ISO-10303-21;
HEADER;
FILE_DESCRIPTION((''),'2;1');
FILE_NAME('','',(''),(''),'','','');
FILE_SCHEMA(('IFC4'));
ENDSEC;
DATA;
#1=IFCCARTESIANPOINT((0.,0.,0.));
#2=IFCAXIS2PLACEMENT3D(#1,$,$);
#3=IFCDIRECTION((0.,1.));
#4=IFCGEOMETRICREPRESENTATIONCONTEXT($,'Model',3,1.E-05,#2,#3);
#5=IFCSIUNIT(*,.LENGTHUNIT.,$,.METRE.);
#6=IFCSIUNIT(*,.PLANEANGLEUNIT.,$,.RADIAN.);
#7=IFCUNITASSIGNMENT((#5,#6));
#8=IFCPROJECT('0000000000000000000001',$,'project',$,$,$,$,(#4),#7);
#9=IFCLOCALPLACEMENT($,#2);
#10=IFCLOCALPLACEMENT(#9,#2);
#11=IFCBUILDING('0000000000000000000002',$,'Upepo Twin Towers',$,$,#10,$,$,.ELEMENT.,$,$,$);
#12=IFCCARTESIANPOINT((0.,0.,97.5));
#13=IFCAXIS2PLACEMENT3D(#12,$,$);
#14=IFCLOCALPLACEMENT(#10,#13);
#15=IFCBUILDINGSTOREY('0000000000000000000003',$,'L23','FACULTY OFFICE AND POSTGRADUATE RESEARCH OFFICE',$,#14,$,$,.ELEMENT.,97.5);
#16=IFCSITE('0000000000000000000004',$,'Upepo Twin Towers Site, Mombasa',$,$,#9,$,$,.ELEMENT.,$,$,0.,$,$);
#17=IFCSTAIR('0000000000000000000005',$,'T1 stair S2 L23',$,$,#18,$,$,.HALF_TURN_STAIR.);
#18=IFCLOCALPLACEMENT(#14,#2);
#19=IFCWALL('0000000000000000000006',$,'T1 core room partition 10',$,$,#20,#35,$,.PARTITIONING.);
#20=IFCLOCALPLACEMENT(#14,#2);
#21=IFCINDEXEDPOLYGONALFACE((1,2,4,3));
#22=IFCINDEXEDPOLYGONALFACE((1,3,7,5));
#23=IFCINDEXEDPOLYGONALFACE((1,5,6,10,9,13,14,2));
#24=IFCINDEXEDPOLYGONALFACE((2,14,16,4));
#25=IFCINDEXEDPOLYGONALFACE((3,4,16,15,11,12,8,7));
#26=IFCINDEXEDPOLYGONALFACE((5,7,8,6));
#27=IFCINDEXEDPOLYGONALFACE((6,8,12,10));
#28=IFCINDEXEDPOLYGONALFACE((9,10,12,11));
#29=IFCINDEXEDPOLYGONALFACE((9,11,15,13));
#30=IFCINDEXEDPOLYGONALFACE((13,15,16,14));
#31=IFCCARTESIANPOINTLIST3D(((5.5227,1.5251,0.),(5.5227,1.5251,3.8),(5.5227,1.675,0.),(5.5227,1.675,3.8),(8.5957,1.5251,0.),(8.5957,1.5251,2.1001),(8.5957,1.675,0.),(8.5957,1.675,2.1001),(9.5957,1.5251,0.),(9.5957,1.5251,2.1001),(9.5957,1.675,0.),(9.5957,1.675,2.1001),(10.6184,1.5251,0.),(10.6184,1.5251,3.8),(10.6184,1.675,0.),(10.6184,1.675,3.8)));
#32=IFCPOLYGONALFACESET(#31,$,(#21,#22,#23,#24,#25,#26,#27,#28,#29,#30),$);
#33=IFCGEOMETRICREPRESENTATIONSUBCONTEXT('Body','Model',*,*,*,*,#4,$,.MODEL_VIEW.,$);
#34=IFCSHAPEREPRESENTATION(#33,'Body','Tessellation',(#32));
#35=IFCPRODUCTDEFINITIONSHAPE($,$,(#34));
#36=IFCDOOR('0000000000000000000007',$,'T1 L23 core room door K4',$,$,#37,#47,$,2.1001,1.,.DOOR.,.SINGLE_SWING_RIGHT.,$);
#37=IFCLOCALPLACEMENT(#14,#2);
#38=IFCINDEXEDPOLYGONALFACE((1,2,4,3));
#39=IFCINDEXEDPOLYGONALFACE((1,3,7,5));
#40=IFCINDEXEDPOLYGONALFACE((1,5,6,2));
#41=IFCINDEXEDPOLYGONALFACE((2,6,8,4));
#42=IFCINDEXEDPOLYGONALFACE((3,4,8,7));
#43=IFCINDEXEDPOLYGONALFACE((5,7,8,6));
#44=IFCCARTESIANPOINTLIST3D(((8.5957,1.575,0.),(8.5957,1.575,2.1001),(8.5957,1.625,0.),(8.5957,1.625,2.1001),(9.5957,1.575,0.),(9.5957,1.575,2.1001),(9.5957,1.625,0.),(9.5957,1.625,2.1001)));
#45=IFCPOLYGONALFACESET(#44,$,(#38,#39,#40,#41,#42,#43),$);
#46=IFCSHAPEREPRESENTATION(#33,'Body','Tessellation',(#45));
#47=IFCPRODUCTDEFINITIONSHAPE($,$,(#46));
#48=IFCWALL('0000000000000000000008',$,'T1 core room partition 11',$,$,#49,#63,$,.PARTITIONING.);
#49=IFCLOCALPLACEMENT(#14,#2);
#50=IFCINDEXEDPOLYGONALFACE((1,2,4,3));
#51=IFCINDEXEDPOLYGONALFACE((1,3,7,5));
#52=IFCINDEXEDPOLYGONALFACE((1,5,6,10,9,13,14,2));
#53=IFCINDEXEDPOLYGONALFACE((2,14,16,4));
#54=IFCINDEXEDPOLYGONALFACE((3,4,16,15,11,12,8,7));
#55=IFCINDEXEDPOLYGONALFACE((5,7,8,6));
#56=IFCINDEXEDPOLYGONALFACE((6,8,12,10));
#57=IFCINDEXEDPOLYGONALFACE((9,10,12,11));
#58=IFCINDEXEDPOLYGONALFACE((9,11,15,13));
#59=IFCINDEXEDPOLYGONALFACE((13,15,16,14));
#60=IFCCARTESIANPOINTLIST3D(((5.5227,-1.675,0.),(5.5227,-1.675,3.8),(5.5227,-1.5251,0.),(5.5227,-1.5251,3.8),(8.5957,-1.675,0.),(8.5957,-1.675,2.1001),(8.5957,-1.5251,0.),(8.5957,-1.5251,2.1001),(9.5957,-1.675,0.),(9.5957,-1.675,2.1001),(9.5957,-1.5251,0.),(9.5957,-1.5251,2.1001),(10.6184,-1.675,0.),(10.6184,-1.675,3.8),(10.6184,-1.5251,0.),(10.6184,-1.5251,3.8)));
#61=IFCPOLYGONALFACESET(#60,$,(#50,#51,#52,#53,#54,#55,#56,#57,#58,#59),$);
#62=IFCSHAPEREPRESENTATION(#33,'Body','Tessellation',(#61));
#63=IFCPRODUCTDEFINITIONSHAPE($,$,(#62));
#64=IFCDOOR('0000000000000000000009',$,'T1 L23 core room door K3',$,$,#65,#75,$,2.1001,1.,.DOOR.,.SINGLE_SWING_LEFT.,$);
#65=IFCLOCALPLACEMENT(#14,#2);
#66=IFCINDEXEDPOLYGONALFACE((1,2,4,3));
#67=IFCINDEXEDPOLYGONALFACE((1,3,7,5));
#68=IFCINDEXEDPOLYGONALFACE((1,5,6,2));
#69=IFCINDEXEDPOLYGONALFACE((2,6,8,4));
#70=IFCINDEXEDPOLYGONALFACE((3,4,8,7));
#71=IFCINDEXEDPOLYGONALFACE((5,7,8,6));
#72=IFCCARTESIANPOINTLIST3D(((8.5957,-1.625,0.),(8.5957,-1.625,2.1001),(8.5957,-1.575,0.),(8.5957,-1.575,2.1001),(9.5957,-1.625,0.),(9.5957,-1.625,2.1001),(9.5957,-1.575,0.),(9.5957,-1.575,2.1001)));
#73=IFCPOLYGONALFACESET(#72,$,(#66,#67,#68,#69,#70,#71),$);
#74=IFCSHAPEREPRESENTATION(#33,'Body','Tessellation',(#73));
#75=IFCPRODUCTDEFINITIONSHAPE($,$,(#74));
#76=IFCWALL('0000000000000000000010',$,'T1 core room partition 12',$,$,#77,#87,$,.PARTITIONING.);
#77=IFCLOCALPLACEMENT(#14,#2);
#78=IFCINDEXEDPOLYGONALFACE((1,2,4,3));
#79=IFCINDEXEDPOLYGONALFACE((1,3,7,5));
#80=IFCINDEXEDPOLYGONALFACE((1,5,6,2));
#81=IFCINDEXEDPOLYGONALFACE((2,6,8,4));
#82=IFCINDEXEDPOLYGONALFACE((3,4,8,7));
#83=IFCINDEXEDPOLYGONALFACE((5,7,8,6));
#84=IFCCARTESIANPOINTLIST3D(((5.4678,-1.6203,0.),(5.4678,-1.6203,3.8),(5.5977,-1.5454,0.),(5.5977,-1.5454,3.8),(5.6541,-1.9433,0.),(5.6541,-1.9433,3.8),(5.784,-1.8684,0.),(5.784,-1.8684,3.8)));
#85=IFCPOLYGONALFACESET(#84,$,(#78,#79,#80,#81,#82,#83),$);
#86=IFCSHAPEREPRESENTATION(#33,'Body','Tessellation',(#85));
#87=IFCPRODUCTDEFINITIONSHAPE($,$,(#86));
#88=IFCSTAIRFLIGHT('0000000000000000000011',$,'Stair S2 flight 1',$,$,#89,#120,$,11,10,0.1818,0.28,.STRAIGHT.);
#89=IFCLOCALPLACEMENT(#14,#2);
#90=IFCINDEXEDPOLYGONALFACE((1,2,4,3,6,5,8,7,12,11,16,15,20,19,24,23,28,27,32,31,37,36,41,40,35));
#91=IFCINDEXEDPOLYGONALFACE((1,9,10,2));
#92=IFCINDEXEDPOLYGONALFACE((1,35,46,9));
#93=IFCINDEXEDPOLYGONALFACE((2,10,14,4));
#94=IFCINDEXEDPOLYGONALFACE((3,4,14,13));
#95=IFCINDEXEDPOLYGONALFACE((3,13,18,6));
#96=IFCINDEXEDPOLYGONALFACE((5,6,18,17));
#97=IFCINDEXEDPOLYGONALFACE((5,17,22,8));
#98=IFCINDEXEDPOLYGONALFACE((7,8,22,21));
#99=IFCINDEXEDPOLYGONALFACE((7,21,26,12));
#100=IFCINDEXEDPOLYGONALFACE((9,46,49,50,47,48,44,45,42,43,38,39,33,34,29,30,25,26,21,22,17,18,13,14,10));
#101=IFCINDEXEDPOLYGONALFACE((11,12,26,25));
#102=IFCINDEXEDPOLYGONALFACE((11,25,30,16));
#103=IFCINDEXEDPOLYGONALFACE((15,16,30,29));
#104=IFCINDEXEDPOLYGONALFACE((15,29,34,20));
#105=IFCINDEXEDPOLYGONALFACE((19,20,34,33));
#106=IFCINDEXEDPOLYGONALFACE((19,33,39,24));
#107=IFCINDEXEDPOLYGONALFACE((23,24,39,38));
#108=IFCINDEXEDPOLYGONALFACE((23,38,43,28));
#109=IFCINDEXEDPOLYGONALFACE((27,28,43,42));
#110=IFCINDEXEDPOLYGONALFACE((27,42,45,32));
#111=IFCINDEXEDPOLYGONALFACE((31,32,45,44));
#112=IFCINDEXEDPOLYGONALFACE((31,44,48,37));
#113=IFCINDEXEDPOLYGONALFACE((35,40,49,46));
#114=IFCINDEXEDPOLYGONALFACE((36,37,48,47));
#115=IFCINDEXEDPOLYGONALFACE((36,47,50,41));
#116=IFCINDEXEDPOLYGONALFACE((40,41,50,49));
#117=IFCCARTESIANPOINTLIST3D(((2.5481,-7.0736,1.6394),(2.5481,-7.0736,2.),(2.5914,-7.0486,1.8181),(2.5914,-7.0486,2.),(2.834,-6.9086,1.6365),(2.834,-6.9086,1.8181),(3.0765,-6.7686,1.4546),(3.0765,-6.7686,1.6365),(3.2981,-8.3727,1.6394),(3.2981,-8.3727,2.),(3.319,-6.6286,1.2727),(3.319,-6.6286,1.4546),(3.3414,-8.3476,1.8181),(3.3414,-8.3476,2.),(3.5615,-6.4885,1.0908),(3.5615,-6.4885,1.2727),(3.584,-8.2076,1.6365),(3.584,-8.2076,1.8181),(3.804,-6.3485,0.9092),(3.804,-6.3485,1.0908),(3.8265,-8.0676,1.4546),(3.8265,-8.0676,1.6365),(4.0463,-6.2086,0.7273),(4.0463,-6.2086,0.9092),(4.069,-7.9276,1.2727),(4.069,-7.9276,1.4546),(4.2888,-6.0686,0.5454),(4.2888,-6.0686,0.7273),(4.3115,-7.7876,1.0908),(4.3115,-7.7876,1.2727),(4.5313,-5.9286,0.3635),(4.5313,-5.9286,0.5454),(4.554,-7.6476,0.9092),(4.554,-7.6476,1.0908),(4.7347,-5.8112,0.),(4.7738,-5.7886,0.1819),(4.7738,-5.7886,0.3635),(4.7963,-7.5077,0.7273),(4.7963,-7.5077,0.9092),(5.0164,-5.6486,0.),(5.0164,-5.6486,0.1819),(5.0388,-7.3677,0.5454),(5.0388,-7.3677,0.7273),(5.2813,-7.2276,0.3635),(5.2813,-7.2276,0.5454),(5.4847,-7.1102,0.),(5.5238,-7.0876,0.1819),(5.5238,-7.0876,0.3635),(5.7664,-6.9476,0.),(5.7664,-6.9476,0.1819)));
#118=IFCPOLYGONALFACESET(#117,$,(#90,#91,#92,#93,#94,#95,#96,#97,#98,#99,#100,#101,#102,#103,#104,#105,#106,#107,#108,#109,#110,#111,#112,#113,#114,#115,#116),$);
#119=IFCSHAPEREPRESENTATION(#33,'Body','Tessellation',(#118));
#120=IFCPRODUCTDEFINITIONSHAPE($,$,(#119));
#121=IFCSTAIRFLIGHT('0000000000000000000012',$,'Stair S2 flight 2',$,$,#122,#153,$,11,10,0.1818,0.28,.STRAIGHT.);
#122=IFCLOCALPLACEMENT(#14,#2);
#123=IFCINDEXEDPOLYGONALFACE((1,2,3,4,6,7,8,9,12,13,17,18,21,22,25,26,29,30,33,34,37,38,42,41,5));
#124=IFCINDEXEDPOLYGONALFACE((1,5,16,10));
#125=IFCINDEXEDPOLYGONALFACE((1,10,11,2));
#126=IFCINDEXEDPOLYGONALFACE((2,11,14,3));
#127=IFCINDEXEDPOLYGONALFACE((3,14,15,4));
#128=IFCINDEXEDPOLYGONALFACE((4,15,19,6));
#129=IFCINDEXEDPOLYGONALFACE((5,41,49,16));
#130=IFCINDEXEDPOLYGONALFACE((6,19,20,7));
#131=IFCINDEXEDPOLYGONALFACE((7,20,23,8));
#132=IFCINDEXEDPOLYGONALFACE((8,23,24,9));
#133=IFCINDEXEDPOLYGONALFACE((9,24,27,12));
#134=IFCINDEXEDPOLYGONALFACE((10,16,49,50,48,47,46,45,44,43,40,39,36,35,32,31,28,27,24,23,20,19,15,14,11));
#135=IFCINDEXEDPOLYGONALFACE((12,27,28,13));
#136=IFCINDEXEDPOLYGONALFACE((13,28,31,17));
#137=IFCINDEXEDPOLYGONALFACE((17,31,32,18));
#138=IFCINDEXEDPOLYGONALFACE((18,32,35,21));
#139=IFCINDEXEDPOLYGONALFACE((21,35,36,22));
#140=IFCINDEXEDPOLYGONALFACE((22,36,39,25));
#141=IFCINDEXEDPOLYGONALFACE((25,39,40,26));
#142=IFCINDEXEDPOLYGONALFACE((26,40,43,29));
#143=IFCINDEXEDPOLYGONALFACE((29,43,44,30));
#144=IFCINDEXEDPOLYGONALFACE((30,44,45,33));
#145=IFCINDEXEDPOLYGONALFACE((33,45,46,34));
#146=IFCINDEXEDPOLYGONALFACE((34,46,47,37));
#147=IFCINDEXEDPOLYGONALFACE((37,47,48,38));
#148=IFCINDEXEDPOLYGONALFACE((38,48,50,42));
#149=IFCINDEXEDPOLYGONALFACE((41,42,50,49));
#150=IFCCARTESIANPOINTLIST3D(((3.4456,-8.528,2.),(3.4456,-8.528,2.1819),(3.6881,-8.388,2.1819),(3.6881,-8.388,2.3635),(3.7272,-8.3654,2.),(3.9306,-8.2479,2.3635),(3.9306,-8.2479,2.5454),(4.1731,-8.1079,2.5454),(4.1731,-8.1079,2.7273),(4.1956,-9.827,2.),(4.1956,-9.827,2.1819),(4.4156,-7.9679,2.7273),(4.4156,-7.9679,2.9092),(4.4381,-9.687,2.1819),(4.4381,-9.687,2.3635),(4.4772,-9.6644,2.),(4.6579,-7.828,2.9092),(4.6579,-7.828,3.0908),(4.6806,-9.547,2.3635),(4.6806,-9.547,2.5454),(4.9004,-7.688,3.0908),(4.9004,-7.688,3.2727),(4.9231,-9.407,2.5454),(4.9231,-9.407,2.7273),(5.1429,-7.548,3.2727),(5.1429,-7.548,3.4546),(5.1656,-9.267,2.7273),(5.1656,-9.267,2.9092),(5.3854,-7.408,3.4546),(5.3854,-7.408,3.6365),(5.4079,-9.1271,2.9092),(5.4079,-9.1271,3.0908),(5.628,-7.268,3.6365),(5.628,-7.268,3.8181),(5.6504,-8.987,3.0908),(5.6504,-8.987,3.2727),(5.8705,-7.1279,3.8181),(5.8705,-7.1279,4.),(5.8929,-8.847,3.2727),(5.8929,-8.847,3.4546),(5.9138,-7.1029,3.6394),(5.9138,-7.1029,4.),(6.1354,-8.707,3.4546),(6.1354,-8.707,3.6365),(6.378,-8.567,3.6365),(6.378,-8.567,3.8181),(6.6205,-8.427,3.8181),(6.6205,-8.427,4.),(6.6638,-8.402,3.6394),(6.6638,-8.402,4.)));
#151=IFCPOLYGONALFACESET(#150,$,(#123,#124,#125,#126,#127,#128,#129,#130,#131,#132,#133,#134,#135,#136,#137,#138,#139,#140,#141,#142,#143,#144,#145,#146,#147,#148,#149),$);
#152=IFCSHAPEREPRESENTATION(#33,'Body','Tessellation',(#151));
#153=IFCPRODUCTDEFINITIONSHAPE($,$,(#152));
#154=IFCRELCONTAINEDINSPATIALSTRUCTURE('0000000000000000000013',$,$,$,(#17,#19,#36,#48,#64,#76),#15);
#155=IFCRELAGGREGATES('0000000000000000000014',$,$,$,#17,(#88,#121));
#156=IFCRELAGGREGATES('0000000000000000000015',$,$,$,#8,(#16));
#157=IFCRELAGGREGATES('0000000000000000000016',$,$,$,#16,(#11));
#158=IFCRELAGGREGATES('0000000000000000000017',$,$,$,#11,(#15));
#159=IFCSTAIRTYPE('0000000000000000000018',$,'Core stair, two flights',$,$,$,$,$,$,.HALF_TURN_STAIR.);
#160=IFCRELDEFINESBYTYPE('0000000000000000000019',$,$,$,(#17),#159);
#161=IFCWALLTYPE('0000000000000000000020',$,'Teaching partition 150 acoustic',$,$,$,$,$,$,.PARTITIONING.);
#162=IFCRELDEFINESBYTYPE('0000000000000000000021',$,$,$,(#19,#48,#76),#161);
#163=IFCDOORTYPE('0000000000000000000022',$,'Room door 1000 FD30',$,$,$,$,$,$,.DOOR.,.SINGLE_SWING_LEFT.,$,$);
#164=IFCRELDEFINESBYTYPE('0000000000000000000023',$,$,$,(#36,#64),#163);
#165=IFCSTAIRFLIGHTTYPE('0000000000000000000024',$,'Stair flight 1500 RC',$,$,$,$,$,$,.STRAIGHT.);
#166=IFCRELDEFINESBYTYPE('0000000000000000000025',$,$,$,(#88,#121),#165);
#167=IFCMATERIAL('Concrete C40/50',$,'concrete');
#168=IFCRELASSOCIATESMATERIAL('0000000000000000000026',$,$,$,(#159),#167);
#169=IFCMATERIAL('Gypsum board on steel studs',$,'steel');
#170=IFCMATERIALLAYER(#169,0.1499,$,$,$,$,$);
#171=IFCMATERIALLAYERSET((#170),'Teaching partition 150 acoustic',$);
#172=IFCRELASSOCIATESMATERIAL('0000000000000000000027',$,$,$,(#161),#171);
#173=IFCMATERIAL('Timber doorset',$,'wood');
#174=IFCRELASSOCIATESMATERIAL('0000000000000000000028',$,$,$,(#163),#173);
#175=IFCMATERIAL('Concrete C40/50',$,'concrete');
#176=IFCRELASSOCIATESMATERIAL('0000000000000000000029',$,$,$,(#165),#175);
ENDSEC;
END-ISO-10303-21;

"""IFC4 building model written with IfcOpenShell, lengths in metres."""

from ifc_helpers import new_model, si_unit, direction, frame, frame_2d, origin, place, context, subcontext, project, spatial, polyline, rectangle, outline, extrude, material, layer, layer_set, type_object, element, fill, aggregate, save


model = new_model("IFC4")

# Units and contexts
model_context = context("Model", 3, precision=1e-05, world=origin(), true_north=direction((0.0, 1.0)))
body_context = subcontext(model_context, "Body", "Model", "MODEL_VIEW")
ifc_project = project(units=[si_unit("LENGTHUNIT", "METRE"), si_unit("PLANEANGLEUNIT", "RADIAN")], contexts=[model_context])

# Site, building, storey
site_placement = place(None, origin())
site = spatial("IfcSite", under=ifc_project, at=site_placement, Name="Upepo Twin Towers Site, Mombasa", CompositionType="ELEMENT", RefElevation=0.0)
building_placement = place(site_placement, origin())
building = spatial("IfcBuilding", under=site, at=building_placement, Name="Upepo Twin Towers", CompositionType="ELEMENT")
storey_placement = place(building_placement, frame((0.0, 0.0, 97.5)))
storey = spatial("IfcBuildingStorey", under=building, at=storey_placement, Name="L23", Description="FACULTY OFFICE AND POSTGRADUATE RESEARCH OFFICE", CompositionType="ELEMENT", Elevation=97.5)

# Stair
ifc_material_1 = material(Name="Concrete C40/50", Category="concrete")
stair_type = type_object("IfcStairType", Name="Core stair, two flights", PredefinedType="HALF_TURN_STAIR", material=ifc_material_1)
stair_1_placement = place(storey_placement, origin())
stair_1 = element("IfcStair", 1, at=stair_1_placement, inside=storey, type_object=stair_type, Name="T1 stair S2 L23", PredefinedType="HALF_TURN_STAIR")

# Walls, openings, doors
ifc_material_2 = material(Name="Gypsum board on steel studs", Category="steel")
ifc_layer_1 = layer(ifc_material_2, 0.1499)
ifc_layer_set_1 = layer_set([ifc_layer_1], Name="Teaching partition 150 acoustic")
wall_type_1 = type_object("IfcWallType", Name="Teaching partition 150 acoustic", PredefinedType="PARTITIONING", material=ifc_layer_set_1)
wall_1_placement = place(storey_placement, frame((5.5227, 1.6001, 0.0), z_axis=(0.0, 0.0, 1.0), x_axis=(1.0, 0.0, 0.0)))
wall_1 = element("IfcWall", 2, at=wall_1_placement, inside=storey, type_object=wall_type_1, Name="T1 core room partition 10", PredefinedType="PARTITIONING", context=body_context, shape_type="SweptSolid", body=[
    extrude(rectangle(XDim=5.0957, YDim=0.1499, at=frame_2d((2.5479, 0.0))), origin(), (0.0, 0.0, 1.0), 3.8),
])
opening_1_placement = place(wall_1_placement, frame((3.073, 0.0, 0.0)))
opening_1 = element("IfcOpeningElement", 3, at=opening_1_placement, cuts=wall_1, PredefinedType="OPENING", context=body_context, shape_type="SweptSolid", body=[
    extrude(rectangle(XDim=1.0, YDim=2.1001, at=frame_2d((0.5, 1.05))), frame((0.0, 0.085, 0.0), z_axis=(0.0, -1.0, 0.0), x_axis=(1.0, 0.0, 0.0)), (0.0, 0.0, 1.0), 0.1699),
])
ifc_material_3 = material(Name="Timber doorset", Category="wood")
door_type_1 = type_object("IfcDoorType", Name="Room door 1000 FD30", OperationType="SINGLE_SWING_LEFT", PredefinedType="DOOR", material=ifc_material_3)
door_1_placement = place(opening_1_placement, origin())
door_1 = element("IfcDoor", 4, at=door_1_placement, inside=storey, type_object=door_type_1, Name="T1 L23 core room door K4", OperationType="SINGLE_SWING_RIGHT", OverallHeight=2.1001, OverallWidth=1.0, PredefinedType="DOOR", context=body_context, shape_type="SweptSolid", body=[
    extrude(rectangle(XDim=1.0, YDim=2.1001, at=frame_2d((0.5, 1.05))), frame((0.0, 0.0249, 0.0), z_axis=(0.0, -1.0, 0.0), x_axis=(1.0, 0.0, 0.0)), (0.0, 0.0, 1.0), 0.05),
])
fill(opening_1, door_1)
wall_2_placement = place(storey_placement, frame((10.6184, -1.6001, 0.0), z_axis=(0.0, 0.0, 1.0), x_axis=(-1.0, 0.0, 0.0)))
wall_2 = element("IfcWall", 5, at=wall_2_placement, inside=storey, type_object=wall_type_1, Name="T1 core room partition 11", PredefinedType="PARTITIONING", context=body_context, shape_type="SweptSolid", body=[
    extrude(rectangle(XDim=5.0957, YDim=0.1499, at=frame_2d((2.5479, 0.0))), origin(), (0.0, 0.0, 1.0), 3.8),
])
opening_2_placement = place(wall_2_placement, frame((1.0227, 0.0, 0.0)))
opening_2 = element("IfcOpeningElement", 6, at=opening_2_placement, cuts=wall_2, PredefinedType="OPENING", context=body_context, shape_type="SweptSolid", body=[
    extrude(rectangle(XDim=1.0, YDim=2.1001, at=frame_2d((0.5, 1.05))), frame((0.0, 0.085, 0.0), z_axis=(0.0, -1.0, 0.0), x_axis=(1.0, 0.0, 0.0)), (0.0, 0.0, 1.0), 0.1699),
])
door_2_placement = place(opening_2_placement, origin())
door_2 = element("IfcDoor", 7, at=door_2_placement, inside=storey, type_object=door_type_1, Name="T1 L23 core room door K3", OperationType="SINGLE_SWING_LEFT", OverallHeight=2.1001, OverallWidth=1.0, PredefinedType="DOOR", context=body_context, shape_type="SweptSolid", body=[
    extrude(rectangle(XDim=1.0, YDim=2.1001, at=frame_2d((0.5, 1.05))), frame((0.0, 0.0249, 0.0), z_axis=(0.0, -1.0, 0.0), x_axis=(1.0, 0.0, 0.0)), (0.0, 0.0, 1.0), 0.05),
])
fill(opening_2, door_2)

# Wall
wall_3_placement = place(storey_placement, frame((5.5327, -1.5828, 0.0), z_axis=(0.0, 0.0, 1.0), x_axis=(0.49959, -0.866262, 0.0)))
element("IfcWall", 8, at=wall_3_placement, inside=storey, type_object=wall_type_1, Name="T1 core room partition 12", PredefinedType="PARTITIONING", context=body_context, shape_type="SweptSolid", body=[
    extrude(rectangle(XDim=0.3728, YDim=0.1499, at=frame_2d((0.1865, 0.0))), origin(), (0.0, 0.0, 1.0), 3.8),
])

# Stair flights
ifc_material_4 = material(Name="Concrete C40/50", Category="concrete")
stair_flight_type = type_object("IfcStairFlightType", Name="Stair flight 1500 RC", PredefinedType="STRAIGHT", material=ifc_material_4)
stair_flight_1_placement = place(storey_placement, frame((5.3914, -6.2981, 0.0), z_axis=(0.0, 0.0, 1.0), x_axis=(-0.866025, -0.5, 0.0)))
stair_flight_1 = element("IfcStairFlight", 9, at=stair_flight_1_placement, type_object=stair_flight_type, Name="Stair S2 flight 1", NumberOfRisers=11, NumberOfTreads=10, PredefinedType="STRAIGHT", RiserHeight=0.1818, TreadLength=0.28, context=body_context, shape_type="SweptSolid", body=[
    extrude(outline(polyline([(0.0, 0.0), (0.0, 0.1819), (0.28, 0.1819), (0.28, 0.3635), (0.5601, 0.3635), (0.5601, 0.5454), (0.8401, 0.5454), (0.8401, 0.7273), (1.1201, 0.7273), (1.1201, 0.9092), (1.3999, 0.9092), (1.3999, 1.0908), (1.6799, 1.0908), (1.6799, 1.2727), (1.96, 1.2727), (1.96, 1.4546), (2.24, 1.4546), (2.24, 1.6365), (2.52, 1.6365), (2.52, 1.8181), (2.8, 1.8181), (2.8, 2.0), (2.8501, 2.0), (2.8501, 1.6394), (0.3252, 0.0), (0.0, 0.0)])), frame((0.0, 0.75, 0.0), z_axis=(0.0, -1.0, 0.0), x_axis=(1.0, 0.0, 0.0)), (0.0, 0.0, 1.0), 1.5),
])
stair_flight_2_placement = place(storey_placement, frame((3.8206, -9.1775, 2.0), z_axis=(0.0, 0.0, 1.0), x_axis=(0.866025, 0.5, 0.0)))
stair_flight_2 = element("IfcStairFlight", 10, at=stair_flight_2_placement, type_object=stair_flight_type, Name="Stair S2 flight 2", NumberOfRisers=11, NumberOfTreads=10, PredefinedType="STRAIGHT", RiserHeight=0.1818, TreadLength=0.28, context=body_context, shape_type="SweptSolid", body=[
    extrude(outline(polyline([(0.0, 0.0), (0.0, 0.1819), (0.28, 0.1819), (0.28, 0.3635), (0.5601, 0.3635), (0.5601, 0.5454), (0.8401, 0.5454), (0.8401, 0.7273), (1.1201, 0.7273), (1.1201, 0.9092), (1.3999, 0.9092), (1.3999, 1.0908), (1.6799, 1.0908), (1.6799, 1.2727), (1.96, 1.2727), (1.96, 1.4546), (2.24, 1.4546), (2.24, 1.6365), (2.52, 1.6365), (2.52, 1.8181), (2.8, 1.8181), (2.8, 2.0), (2.8501, 2.0), (2.8501, 1.6394), (0.3252, 0.0), (0.0, 0.0)])), frame((0.0, 0.75, 0.0), z_axis=(0.0, -1.0, 0.0), x_axis=(1.0, 0.0, 0.0)), (0.0, 0.0, 1.0), 1.5),
])
aggregate(stair_1, [stair_flight_1, stair_flight_2])

save(model, "model.ifc")
